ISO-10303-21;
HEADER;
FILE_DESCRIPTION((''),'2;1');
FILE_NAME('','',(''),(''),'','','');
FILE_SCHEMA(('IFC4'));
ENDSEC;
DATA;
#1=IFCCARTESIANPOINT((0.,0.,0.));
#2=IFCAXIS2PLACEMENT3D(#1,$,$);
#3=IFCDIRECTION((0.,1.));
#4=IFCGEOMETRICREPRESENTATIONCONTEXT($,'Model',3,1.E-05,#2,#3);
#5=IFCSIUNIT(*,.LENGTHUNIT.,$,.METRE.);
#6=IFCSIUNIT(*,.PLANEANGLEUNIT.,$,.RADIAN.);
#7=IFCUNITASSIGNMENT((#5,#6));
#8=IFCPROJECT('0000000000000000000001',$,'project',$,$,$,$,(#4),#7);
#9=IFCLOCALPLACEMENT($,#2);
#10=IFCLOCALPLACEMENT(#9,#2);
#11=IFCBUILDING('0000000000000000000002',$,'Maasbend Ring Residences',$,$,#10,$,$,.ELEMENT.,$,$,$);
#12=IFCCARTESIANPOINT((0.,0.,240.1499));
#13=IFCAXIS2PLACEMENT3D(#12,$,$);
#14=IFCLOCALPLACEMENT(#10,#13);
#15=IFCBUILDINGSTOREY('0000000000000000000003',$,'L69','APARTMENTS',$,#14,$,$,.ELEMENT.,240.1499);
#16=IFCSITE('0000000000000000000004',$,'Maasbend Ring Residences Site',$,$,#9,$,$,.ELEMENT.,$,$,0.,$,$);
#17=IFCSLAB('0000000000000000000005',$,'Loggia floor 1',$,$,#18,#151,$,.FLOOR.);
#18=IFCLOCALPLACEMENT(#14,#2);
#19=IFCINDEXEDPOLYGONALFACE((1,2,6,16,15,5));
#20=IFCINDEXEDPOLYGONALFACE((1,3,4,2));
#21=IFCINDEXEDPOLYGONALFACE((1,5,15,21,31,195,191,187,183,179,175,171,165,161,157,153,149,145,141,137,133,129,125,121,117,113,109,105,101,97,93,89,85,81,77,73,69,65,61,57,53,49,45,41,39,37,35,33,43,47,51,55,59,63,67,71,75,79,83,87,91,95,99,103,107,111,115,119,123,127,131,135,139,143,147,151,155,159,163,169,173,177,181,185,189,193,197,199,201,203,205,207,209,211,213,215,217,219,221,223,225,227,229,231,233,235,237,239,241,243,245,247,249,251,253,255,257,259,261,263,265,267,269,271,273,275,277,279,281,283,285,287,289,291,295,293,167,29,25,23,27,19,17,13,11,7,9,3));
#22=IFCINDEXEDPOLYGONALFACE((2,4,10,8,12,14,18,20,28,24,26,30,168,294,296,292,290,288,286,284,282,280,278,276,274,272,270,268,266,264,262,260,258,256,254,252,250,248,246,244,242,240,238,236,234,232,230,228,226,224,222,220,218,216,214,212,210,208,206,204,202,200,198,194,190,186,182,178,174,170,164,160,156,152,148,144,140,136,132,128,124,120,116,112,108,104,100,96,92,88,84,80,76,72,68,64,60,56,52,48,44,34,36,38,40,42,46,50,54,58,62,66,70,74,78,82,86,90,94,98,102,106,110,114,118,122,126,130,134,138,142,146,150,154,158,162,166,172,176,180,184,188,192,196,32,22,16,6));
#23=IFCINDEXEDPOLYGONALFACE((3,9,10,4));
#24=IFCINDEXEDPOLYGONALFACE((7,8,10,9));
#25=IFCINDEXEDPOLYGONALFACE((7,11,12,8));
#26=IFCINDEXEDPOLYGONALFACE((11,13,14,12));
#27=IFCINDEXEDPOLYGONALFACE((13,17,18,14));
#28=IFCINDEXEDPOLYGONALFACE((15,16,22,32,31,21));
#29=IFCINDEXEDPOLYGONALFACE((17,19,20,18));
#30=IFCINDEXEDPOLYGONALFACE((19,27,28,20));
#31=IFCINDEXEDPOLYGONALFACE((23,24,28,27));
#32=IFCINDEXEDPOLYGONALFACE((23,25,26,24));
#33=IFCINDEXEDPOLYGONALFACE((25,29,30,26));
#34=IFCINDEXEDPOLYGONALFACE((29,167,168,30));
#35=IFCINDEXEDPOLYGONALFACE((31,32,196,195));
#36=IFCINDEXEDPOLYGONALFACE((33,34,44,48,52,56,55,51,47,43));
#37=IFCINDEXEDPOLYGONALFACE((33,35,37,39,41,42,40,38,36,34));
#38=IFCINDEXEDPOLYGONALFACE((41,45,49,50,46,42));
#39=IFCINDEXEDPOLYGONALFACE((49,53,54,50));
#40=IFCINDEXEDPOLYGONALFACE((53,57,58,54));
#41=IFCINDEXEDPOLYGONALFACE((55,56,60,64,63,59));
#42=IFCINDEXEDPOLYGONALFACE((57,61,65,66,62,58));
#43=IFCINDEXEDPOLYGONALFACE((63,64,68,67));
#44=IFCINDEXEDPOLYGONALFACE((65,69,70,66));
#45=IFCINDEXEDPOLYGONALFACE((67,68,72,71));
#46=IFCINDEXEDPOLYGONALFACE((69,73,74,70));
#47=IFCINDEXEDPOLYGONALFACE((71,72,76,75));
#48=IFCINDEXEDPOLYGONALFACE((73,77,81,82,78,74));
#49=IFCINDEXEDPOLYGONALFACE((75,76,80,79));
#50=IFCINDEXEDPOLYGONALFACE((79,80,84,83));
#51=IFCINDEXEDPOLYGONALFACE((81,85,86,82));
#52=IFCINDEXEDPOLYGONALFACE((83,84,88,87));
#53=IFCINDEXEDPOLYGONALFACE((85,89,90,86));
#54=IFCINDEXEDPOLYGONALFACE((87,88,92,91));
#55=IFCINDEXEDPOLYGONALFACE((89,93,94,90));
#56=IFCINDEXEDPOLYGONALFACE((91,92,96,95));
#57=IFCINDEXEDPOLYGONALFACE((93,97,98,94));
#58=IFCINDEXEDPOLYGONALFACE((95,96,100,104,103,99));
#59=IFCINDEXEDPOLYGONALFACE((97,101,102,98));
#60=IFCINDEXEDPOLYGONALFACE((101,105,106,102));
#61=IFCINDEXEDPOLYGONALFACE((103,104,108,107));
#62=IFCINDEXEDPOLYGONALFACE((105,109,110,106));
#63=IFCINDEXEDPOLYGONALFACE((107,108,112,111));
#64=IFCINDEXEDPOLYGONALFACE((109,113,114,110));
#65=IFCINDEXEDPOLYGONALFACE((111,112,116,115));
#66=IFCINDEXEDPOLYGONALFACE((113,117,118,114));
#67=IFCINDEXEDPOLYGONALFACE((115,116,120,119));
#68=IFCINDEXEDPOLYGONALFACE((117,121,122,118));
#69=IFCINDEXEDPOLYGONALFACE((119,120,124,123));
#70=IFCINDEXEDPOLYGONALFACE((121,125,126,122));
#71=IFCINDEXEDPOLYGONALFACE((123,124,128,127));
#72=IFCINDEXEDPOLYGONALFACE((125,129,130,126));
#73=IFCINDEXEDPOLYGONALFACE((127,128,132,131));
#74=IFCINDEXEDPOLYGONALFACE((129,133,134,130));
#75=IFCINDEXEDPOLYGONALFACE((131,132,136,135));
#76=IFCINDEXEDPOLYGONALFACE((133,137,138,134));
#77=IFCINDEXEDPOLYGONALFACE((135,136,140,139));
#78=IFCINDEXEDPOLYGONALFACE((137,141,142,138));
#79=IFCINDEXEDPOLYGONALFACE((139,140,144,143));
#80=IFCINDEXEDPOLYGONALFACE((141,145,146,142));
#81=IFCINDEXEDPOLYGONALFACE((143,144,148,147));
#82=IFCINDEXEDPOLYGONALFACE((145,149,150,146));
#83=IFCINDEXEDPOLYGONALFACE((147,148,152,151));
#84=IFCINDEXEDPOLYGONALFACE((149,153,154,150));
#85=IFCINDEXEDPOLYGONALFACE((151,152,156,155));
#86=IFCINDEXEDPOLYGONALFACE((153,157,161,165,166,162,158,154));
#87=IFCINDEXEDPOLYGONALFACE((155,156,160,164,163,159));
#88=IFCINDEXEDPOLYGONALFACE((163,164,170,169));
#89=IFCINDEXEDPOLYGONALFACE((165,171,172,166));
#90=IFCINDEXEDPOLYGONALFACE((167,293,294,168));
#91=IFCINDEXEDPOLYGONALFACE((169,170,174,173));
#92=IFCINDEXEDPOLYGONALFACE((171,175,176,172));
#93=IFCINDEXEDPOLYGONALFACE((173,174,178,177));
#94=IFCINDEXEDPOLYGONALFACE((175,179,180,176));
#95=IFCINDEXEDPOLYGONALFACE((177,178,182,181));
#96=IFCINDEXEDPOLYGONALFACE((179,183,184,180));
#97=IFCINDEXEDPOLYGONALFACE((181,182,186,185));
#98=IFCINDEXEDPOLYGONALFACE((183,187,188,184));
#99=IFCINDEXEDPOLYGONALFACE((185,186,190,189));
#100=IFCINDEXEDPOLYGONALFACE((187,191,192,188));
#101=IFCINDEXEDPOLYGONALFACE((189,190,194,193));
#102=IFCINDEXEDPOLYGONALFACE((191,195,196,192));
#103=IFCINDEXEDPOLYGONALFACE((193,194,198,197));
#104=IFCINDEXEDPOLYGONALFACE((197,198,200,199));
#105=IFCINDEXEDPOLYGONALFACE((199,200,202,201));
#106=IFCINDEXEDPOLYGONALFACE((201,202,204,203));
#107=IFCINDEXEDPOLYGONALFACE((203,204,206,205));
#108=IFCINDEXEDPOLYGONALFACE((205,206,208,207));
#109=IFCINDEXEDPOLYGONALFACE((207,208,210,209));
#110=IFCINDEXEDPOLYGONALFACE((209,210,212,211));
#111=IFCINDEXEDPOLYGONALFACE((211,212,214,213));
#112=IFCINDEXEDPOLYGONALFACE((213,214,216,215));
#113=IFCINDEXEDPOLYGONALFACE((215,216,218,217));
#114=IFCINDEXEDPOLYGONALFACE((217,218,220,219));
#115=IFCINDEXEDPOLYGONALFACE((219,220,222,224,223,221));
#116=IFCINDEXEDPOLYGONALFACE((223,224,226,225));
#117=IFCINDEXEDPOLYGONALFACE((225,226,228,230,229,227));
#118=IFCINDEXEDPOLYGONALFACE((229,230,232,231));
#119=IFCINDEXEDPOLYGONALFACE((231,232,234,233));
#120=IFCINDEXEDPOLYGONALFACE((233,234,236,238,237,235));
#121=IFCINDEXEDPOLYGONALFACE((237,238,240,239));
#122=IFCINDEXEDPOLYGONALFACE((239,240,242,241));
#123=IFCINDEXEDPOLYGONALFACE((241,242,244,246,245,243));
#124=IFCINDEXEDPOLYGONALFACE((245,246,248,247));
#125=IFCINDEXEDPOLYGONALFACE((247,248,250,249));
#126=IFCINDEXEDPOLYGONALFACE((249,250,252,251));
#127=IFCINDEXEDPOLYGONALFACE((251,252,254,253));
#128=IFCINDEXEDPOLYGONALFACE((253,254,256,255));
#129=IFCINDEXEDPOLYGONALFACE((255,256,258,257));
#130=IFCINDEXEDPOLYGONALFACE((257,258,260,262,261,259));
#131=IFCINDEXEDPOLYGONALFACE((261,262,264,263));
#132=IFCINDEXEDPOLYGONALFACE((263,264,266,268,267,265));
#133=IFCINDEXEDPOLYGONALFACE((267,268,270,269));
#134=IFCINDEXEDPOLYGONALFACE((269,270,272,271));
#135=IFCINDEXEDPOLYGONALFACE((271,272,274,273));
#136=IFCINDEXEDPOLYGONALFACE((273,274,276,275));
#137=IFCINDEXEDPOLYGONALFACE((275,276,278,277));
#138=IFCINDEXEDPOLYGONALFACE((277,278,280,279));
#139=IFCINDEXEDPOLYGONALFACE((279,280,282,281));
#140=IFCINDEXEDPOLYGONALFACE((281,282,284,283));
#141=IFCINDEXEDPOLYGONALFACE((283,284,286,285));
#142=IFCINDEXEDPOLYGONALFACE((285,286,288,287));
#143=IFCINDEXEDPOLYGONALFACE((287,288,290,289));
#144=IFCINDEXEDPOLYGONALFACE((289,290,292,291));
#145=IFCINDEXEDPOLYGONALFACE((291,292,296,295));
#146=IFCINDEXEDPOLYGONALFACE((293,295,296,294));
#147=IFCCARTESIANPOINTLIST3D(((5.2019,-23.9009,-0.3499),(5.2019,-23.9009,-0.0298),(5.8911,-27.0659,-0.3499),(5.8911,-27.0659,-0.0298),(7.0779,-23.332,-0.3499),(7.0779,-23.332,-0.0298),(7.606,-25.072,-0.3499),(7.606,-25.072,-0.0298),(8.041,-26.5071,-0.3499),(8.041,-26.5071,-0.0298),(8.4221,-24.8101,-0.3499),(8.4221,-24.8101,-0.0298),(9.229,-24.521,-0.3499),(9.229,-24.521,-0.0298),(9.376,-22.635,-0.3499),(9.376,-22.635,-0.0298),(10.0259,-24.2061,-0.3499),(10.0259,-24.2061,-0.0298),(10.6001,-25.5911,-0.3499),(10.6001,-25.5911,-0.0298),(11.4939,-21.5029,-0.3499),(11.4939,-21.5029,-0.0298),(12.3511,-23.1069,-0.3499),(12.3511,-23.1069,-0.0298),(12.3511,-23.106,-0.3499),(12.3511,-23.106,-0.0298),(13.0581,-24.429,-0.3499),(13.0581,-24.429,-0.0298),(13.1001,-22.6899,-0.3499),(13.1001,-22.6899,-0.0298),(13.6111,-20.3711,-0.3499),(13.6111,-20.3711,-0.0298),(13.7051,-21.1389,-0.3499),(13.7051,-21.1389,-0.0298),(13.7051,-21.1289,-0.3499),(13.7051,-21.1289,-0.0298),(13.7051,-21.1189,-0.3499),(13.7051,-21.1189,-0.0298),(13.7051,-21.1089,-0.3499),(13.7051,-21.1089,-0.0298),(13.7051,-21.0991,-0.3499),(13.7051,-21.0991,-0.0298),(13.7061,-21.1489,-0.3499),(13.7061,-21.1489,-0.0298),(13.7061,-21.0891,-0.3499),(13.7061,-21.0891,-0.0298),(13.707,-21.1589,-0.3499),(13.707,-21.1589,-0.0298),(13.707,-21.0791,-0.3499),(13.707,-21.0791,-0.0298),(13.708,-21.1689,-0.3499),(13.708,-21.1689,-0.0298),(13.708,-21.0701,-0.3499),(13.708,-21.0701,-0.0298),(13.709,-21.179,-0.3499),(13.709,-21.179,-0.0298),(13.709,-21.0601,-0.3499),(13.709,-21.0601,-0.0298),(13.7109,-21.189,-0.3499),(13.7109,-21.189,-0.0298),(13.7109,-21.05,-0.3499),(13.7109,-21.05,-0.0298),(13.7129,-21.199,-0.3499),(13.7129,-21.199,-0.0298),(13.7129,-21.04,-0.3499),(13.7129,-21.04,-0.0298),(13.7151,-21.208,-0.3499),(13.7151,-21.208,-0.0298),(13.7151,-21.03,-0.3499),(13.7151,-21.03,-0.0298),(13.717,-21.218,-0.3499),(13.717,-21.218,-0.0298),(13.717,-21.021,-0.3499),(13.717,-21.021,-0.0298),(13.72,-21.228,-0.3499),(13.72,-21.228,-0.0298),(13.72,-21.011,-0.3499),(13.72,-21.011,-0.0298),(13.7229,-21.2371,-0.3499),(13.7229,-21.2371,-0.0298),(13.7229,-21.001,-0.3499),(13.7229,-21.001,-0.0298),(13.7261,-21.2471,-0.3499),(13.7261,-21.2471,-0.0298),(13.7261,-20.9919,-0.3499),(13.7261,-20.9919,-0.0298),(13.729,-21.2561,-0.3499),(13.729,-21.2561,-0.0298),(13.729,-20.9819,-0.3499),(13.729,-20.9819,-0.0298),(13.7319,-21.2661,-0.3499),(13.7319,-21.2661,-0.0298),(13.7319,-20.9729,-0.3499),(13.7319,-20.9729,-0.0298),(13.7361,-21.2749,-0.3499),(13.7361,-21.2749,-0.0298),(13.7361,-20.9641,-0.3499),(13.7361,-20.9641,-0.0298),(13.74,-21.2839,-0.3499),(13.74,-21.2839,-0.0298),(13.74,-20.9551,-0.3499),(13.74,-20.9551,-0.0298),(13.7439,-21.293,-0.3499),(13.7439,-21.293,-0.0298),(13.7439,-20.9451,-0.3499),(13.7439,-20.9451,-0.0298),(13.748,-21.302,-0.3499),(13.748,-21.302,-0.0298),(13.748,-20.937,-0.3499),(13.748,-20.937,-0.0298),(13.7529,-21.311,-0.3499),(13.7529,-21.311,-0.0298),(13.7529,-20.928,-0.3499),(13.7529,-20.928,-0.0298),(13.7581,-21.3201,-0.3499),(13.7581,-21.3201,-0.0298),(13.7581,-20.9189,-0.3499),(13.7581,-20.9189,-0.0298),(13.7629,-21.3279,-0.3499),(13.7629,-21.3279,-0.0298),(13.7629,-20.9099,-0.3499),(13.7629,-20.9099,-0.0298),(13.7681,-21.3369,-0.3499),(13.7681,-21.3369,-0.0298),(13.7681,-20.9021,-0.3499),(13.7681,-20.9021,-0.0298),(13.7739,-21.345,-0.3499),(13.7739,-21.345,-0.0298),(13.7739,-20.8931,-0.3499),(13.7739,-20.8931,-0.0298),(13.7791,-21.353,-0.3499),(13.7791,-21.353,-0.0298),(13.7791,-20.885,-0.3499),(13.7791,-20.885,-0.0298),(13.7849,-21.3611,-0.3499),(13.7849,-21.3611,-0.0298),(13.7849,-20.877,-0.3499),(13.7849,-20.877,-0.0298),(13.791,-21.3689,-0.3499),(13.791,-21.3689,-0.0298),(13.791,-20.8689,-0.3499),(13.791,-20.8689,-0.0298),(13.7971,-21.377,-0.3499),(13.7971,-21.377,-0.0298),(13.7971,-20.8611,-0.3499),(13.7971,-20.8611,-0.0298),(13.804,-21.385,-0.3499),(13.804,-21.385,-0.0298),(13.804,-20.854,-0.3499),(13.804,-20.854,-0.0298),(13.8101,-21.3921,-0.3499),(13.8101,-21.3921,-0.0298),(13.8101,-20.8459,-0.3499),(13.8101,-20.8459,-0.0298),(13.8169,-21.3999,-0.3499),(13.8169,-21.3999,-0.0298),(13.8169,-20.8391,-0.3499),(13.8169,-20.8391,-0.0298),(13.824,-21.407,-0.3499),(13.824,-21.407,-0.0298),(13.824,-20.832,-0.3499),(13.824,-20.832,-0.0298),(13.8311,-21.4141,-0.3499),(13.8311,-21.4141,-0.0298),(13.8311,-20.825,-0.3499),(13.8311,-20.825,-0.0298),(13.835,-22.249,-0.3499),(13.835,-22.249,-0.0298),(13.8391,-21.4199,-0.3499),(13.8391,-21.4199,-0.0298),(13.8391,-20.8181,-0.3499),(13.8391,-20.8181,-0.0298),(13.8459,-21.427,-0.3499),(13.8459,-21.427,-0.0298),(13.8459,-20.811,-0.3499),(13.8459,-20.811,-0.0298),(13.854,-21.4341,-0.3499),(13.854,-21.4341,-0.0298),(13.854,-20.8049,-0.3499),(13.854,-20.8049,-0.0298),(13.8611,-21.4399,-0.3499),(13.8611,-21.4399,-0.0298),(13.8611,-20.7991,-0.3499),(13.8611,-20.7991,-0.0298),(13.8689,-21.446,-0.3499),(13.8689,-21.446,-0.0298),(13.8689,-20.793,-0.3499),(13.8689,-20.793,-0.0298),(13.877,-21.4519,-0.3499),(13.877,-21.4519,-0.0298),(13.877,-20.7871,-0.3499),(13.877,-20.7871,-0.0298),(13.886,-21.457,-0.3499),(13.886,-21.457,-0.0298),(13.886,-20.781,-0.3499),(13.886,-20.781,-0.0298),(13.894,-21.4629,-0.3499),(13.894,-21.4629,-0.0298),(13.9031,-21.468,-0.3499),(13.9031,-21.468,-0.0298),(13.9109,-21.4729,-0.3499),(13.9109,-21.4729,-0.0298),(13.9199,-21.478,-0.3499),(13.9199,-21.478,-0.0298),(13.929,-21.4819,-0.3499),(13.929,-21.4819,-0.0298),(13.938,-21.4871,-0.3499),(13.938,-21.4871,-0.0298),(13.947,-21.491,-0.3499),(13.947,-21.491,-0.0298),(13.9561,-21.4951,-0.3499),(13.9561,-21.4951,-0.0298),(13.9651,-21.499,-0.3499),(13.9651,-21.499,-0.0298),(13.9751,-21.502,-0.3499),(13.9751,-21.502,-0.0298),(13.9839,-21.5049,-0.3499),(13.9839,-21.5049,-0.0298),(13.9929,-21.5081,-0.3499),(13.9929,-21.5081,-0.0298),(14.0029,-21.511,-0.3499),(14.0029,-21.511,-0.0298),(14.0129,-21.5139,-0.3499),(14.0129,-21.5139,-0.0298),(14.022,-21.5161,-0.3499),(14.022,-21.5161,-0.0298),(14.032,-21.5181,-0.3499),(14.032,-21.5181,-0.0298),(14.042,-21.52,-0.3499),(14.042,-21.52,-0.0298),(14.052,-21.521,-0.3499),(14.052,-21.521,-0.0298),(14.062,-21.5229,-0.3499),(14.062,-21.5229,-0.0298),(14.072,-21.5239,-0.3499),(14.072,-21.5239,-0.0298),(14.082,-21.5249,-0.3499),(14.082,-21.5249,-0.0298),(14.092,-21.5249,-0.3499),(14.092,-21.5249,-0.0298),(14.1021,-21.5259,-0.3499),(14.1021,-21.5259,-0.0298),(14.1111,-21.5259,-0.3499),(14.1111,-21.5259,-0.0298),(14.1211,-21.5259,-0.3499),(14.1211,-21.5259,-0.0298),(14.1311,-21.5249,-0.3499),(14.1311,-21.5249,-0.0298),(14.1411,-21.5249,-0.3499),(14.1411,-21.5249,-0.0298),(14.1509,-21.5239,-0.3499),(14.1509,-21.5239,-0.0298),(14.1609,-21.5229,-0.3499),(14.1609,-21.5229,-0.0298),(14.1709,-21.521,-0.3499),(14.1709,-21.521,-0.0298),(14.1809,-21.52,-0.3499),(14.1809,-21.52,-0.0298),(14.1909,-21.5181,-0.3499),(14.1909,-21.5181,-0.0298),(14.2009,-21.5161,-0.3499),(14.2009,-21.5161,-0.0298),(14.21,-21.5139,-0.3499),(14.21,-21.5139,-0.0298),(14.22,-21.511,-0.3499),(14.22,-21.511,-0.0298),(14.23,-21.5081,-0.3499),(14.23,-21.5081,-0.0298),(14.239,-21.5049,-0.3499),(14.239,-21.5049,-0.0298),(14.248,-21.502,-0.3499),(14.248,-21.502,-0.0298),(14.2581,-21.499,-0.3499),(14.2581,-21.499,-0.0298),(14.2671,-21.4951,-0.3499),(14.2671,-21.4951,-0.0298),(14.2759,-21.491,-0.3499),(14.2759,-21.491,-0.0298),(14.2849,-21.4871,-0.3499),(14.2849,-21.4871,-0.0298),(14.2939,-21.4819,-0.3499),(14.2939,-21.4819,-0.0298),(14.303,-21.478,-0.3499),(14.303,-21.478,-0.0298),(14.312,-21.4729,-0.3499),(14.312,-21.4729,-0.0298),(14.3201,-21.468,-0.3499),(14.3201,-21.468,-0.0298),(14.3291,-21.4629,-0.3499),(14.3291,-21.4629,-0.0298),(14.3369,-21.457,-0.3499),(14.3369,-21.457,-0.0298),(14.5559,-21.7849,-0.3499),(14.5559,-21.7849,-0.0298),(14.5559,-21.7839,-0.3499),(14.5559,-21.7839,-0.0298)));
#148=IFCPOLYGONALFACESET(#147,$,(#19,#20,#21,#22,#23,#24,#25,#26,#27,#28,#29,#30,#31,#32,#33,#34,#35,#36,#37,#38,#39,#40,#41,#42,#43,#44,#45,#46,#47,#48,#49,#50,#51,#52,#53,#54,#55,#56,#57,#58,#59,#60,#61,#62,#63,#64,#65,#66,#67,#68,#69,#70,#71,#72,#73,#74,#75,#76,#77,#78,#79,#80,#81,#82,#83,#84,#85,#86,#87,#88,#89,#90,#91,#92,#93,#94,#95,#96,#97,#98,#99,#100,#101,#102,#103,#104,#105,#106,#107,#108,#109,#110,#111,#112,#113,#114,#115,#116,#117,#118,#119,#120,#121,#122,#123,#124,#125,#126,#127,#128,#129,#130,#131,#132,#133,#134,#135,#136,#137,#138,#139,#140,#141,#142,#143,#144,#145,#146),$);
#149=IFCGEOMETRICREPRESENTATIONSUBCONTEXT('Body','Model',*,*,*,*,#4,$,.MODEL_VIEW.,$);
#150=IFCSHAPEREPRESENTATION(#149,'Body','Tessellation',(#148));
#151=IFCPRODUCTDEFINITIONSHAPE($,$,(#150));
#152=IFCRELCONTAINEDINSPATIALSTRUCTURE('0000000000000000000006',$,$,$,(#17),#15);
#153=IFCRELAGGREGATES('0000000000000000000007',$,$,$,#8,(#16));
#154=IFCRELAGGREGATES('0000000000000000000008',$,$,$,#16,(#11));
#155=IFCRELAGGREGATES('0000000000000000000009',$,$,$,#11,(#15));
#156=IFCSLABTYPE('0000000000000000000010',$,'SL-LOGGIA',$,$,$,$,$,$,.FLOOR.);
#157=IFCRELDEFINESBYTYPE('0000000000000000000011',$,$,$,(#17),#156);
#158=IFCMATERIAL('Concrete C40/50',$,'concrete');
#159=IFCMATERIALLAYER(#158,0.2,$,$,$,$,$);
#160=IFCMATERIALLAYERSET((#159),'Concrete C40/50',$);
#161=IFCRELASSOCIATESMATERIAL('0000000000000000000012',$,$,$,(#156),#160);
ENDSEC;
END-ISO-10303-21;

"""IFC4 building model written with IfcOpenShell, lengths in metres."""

from ifc_helpers import new_model, si_unit, direction, frame, origin, place, context, subcontext, project, spatial, polyline, outline, extrude, material, layer, layer_set, type_object, element, save


model = new_model("IFC4")

# Units and contexts
model_context = context("Model", 3, precision=1e-05, world=origin(), true_north=direction((0.0, 1.0)))
body_context = subcontext(model_context, "Body", "Model", "MODEL_VIEW")
ifc_project = project(units=[si_unit("LENGTHUNIT", "METRE"), si_unit("PLANEANGLEUNIT", "RADIAN")], contexts=[model_context])

# Site, building, storey
site_placement = place(None, origin())
site = spatial("IfcSite", under=ifc_project, at=site_placement, Name="Maasbend Ring Residences Site", CompositionType="ELEMENT", RefElevation=0.0)
building_placement = place(site_placement, origin())
building = spatial("IfcBuilding", under=site, at=building_placement, Name="Maasbend Ring Residences", CompositionType="ELEMENT")
storey_placement = place(building_placement, frame((0.0, 0.0, 240.1499)))
storey = spatial("IfcBuildingStorey", under=building, at=storey_placement, Name="L69", Description="APARTMENTS", CompositionType="ELEMENT", Elevation=240.1499)

# Slab
ifc_material_1 = material(Name="Concrete C40/50", Category="concrete")
ifc_layer_1 = layer(ifc_material_1, 0.2)
ifc_layer_set_1 = layer_set([ifc_layer_1], Name="Concrete C40/50")
slab_type = type_object("IfcSlabType", Name="SL-LOGGIA", PredefinedType="FLOOR", material=ifc_layer_set_1)
slab_placement = place(storey_placement, frame((0.0, 0.0, -0.3499)))
element("IfcSlab", 1, at=slab_placement, inside=storey, type_object=slab_type, Name="Loggia floor 1", PredefinedType="FLOOR", context=body_context, shape_type="SweptSolid", body=[
    extrude(outline(polyline([(9.376, -22.635), (11.4939, -21.5029), (13.6111, -20.3711), (13.6111, -20.3711), (13.6111, -20.3711), (13.886, -20.781), (13.877, -20.7871), (13.8689, -20.793), (13.8611, -20.7991), (13.854, -20.8049), (13.8459, -20.811), (13.8391, -20.8181), (13.8311, -20.825), (13.824, -20.832), (13.8169, -20.8391), (13.8101, -20.8459), (13.804, -20.854), (13.7971, -20.8611), (13.791, -20.8689), (13.7849, -20.877), (13.7791, -20.885), (13.7739, -20.8931), (13.7681, -20.9021), (13.7629, -20.9099), (13.7581, -20.9189), (13.7529, -20.928), (13.748, -20.937), (13.7439, -20.9451), (13.74, -20.9551), (13.7361, -20.9641), (13.7319, -20.9729), (13.729, -20.9819), (13.7261, -20.9919), (13.7229, -21.001), (13.72, -21.011), (13.717, -21.021), (13.7151, -21.03), (13.7129, -21.04), (13.7109, -21.05), (13.709, -21.0601), (13.708, -21.0701), (13.707, -21.0791), (13.7061, -21.0891), (13.7051, -21.0991), (13.7051, -21.1089), (13.7051, -21.1189), (13.7051, -21.1289), (13.7051, -21.1389), (13.7061, -21.1489), (13.707, -21.1589), (13.708, -21.1689), (13.709, -21.179), (13.7109, -21.189), (13.7129, -21.199), (13.7151, -21.208), (13.717, -21.218), (13.72, -21.228), (13.7229, -21.2371), (13.7261, -21.2471), (13.729, -21.2561), (13.7319, -21.2661), (13.7361, -21.2749), (13.74, -21.2839), (13.7439, -21.293), (13.748, -21.302), (13.7529, -21.311), (13.7581, -21.3201), (13.7629, -21.3279), (13.7681, -21.3369), (13.7739, -21.345), (13.7791, -21.353), (13.7849, -21.3611), (13.791, -21.3689), (13.7971, -21.377), (13.804, -21.385), (13.8101, -21.3921), (13.8169, -21.3999), (13.824, -21.407), (13.8311, -21.4141), (13.8391, -21.4199), (13.8459, -21.427), (13.854, -21.4341), (13.8611, -21.4399), (13.8689, -21.446), (13.877, -21.4519), (13.886, -21.457), (13.894, -21.4629), (13.9031, -21.468), (13.9109, -21.4729), (13.9199, -21.478), (13.929, -21.4819), (13.938, -21.4871), (13.947, -21.491), (13.9561, -21.4951), (13.9651, -21.499), (13.9751, -21.502), (13.9839, -21.5049), (13.9929, -21.5081), (14.0029, -21.511), (14.0129, -21.5139), (14.022, -21.5161), (14.032, -21.5181), (14.042, -21.52), (14.052, -21.521), (14.062, -21.5229), (14.072, -21.5239), (14.082, -21.5249), (14.092, -21.5249), (14.1021, -21.5259), (14.1111, -21.5259), (14.1211, -21.5259), (14.1311, -21.5249), (14.1411, -21.5249), (14.1509, -21.5239), (14.1609, -21.5229), (14.1709, -21.521), (14.1809, -21.52), (14.1909, -21.5181), (14.2009, -21.5161), (14.21, -21.5139), (14.22, -21.511), (14.23, -21.5081), (14.239, -21.5049), (14.248, -21.502), (14.2581, -21.499), (14.2671, -21.4951), (14.2759, -21.491), (14.2849, -21.4871), (14.2939, -21.4819), (14.303, -21.478), (14.312, -21.4729), (14.3201, -21.468), (14.3291, -21.4629), (14.3369, -21.457), (14.5559, -21.7839), (14.5559, -21.7849), (14.5559, -21.7849), (13.835, -22.249), (13.835, -22.249), (13.1001, -22.6899), (13.1001, -22.6899), (12.3511, -23.106), (12.3511, -23.106), (12.3511, -23.106), (12.3511, -23.106), (12.3511, -23.106), (12.3511, -23.106), (12.3511, -23.106), (12.3511, -23.106), (12.3511, -23.106), (12.3511, -23.106), (12.3511, -23.106), (12.3511, -23.1069), (12.3511, -23.1069), (12.3511, -23.1069), (12.3511, -23.1069), (12.3511, -23.1069), (12.3511, -23.1069), (13.0581, -24.429), (13.0581, -24.429), (13.0581, -24.429), (10.6001, -25.5911), (10.6001, -25.5911), (10.6001, -25.5911), (10.0259, -24.2061), (10.0259, -24.2061), (10.0259, -24.2061), (10.0259, -24.2061), (10.0259, -24.2061), (10.0259, -24.2061), (10.0259, -24.2061), (10.0259, -24.2061), (10.0259, -24.2061), (10.0259, -24.2061), (10.0259, -24.2061), (10.0259, -24.2061), (10.0259, -24.2061), (10.0259, -24.2061), (10.0259, -24.2061), (10.0259, -24.2061), (10.0259, -24.2061), (9.229, -24.521), (9.229, -24.521), (8.4221, -24.8101), (8.4221, -24.8101), (7.606, -25.072), (7.606, -25.072), (7.606, -25.072), (7.606, -25.072), (7.606, -25.072), (7.606, -25.072), (7.606, -25.072), (7.606, -25.072), (7.606, -25.072), (7.606, -25.072), (7.606, -25.072), (7.606, -25.072), (7.606, -25.072), (7.606, -25.072), (7.606, -25.072), (7.606, -25.072), (7.606, -25.072), (8.041, -26.5071), (8.041, -26.5071), (8.041, -26.5071), (5.8911, -27.0659), (5.8911, -27.0659), (5.8911, -27.0659), (5.2019, -23.9009), (5.2019, -23.9009), (5.2019, -23.9009), (7.0779, -23.332), (9.376, -22.635), (9.376, -22.635), (9.376, -22.635)])), origin(), (0.0, 0.0, 1.0), 0.3201),
])

save(model, "model.ifc")
